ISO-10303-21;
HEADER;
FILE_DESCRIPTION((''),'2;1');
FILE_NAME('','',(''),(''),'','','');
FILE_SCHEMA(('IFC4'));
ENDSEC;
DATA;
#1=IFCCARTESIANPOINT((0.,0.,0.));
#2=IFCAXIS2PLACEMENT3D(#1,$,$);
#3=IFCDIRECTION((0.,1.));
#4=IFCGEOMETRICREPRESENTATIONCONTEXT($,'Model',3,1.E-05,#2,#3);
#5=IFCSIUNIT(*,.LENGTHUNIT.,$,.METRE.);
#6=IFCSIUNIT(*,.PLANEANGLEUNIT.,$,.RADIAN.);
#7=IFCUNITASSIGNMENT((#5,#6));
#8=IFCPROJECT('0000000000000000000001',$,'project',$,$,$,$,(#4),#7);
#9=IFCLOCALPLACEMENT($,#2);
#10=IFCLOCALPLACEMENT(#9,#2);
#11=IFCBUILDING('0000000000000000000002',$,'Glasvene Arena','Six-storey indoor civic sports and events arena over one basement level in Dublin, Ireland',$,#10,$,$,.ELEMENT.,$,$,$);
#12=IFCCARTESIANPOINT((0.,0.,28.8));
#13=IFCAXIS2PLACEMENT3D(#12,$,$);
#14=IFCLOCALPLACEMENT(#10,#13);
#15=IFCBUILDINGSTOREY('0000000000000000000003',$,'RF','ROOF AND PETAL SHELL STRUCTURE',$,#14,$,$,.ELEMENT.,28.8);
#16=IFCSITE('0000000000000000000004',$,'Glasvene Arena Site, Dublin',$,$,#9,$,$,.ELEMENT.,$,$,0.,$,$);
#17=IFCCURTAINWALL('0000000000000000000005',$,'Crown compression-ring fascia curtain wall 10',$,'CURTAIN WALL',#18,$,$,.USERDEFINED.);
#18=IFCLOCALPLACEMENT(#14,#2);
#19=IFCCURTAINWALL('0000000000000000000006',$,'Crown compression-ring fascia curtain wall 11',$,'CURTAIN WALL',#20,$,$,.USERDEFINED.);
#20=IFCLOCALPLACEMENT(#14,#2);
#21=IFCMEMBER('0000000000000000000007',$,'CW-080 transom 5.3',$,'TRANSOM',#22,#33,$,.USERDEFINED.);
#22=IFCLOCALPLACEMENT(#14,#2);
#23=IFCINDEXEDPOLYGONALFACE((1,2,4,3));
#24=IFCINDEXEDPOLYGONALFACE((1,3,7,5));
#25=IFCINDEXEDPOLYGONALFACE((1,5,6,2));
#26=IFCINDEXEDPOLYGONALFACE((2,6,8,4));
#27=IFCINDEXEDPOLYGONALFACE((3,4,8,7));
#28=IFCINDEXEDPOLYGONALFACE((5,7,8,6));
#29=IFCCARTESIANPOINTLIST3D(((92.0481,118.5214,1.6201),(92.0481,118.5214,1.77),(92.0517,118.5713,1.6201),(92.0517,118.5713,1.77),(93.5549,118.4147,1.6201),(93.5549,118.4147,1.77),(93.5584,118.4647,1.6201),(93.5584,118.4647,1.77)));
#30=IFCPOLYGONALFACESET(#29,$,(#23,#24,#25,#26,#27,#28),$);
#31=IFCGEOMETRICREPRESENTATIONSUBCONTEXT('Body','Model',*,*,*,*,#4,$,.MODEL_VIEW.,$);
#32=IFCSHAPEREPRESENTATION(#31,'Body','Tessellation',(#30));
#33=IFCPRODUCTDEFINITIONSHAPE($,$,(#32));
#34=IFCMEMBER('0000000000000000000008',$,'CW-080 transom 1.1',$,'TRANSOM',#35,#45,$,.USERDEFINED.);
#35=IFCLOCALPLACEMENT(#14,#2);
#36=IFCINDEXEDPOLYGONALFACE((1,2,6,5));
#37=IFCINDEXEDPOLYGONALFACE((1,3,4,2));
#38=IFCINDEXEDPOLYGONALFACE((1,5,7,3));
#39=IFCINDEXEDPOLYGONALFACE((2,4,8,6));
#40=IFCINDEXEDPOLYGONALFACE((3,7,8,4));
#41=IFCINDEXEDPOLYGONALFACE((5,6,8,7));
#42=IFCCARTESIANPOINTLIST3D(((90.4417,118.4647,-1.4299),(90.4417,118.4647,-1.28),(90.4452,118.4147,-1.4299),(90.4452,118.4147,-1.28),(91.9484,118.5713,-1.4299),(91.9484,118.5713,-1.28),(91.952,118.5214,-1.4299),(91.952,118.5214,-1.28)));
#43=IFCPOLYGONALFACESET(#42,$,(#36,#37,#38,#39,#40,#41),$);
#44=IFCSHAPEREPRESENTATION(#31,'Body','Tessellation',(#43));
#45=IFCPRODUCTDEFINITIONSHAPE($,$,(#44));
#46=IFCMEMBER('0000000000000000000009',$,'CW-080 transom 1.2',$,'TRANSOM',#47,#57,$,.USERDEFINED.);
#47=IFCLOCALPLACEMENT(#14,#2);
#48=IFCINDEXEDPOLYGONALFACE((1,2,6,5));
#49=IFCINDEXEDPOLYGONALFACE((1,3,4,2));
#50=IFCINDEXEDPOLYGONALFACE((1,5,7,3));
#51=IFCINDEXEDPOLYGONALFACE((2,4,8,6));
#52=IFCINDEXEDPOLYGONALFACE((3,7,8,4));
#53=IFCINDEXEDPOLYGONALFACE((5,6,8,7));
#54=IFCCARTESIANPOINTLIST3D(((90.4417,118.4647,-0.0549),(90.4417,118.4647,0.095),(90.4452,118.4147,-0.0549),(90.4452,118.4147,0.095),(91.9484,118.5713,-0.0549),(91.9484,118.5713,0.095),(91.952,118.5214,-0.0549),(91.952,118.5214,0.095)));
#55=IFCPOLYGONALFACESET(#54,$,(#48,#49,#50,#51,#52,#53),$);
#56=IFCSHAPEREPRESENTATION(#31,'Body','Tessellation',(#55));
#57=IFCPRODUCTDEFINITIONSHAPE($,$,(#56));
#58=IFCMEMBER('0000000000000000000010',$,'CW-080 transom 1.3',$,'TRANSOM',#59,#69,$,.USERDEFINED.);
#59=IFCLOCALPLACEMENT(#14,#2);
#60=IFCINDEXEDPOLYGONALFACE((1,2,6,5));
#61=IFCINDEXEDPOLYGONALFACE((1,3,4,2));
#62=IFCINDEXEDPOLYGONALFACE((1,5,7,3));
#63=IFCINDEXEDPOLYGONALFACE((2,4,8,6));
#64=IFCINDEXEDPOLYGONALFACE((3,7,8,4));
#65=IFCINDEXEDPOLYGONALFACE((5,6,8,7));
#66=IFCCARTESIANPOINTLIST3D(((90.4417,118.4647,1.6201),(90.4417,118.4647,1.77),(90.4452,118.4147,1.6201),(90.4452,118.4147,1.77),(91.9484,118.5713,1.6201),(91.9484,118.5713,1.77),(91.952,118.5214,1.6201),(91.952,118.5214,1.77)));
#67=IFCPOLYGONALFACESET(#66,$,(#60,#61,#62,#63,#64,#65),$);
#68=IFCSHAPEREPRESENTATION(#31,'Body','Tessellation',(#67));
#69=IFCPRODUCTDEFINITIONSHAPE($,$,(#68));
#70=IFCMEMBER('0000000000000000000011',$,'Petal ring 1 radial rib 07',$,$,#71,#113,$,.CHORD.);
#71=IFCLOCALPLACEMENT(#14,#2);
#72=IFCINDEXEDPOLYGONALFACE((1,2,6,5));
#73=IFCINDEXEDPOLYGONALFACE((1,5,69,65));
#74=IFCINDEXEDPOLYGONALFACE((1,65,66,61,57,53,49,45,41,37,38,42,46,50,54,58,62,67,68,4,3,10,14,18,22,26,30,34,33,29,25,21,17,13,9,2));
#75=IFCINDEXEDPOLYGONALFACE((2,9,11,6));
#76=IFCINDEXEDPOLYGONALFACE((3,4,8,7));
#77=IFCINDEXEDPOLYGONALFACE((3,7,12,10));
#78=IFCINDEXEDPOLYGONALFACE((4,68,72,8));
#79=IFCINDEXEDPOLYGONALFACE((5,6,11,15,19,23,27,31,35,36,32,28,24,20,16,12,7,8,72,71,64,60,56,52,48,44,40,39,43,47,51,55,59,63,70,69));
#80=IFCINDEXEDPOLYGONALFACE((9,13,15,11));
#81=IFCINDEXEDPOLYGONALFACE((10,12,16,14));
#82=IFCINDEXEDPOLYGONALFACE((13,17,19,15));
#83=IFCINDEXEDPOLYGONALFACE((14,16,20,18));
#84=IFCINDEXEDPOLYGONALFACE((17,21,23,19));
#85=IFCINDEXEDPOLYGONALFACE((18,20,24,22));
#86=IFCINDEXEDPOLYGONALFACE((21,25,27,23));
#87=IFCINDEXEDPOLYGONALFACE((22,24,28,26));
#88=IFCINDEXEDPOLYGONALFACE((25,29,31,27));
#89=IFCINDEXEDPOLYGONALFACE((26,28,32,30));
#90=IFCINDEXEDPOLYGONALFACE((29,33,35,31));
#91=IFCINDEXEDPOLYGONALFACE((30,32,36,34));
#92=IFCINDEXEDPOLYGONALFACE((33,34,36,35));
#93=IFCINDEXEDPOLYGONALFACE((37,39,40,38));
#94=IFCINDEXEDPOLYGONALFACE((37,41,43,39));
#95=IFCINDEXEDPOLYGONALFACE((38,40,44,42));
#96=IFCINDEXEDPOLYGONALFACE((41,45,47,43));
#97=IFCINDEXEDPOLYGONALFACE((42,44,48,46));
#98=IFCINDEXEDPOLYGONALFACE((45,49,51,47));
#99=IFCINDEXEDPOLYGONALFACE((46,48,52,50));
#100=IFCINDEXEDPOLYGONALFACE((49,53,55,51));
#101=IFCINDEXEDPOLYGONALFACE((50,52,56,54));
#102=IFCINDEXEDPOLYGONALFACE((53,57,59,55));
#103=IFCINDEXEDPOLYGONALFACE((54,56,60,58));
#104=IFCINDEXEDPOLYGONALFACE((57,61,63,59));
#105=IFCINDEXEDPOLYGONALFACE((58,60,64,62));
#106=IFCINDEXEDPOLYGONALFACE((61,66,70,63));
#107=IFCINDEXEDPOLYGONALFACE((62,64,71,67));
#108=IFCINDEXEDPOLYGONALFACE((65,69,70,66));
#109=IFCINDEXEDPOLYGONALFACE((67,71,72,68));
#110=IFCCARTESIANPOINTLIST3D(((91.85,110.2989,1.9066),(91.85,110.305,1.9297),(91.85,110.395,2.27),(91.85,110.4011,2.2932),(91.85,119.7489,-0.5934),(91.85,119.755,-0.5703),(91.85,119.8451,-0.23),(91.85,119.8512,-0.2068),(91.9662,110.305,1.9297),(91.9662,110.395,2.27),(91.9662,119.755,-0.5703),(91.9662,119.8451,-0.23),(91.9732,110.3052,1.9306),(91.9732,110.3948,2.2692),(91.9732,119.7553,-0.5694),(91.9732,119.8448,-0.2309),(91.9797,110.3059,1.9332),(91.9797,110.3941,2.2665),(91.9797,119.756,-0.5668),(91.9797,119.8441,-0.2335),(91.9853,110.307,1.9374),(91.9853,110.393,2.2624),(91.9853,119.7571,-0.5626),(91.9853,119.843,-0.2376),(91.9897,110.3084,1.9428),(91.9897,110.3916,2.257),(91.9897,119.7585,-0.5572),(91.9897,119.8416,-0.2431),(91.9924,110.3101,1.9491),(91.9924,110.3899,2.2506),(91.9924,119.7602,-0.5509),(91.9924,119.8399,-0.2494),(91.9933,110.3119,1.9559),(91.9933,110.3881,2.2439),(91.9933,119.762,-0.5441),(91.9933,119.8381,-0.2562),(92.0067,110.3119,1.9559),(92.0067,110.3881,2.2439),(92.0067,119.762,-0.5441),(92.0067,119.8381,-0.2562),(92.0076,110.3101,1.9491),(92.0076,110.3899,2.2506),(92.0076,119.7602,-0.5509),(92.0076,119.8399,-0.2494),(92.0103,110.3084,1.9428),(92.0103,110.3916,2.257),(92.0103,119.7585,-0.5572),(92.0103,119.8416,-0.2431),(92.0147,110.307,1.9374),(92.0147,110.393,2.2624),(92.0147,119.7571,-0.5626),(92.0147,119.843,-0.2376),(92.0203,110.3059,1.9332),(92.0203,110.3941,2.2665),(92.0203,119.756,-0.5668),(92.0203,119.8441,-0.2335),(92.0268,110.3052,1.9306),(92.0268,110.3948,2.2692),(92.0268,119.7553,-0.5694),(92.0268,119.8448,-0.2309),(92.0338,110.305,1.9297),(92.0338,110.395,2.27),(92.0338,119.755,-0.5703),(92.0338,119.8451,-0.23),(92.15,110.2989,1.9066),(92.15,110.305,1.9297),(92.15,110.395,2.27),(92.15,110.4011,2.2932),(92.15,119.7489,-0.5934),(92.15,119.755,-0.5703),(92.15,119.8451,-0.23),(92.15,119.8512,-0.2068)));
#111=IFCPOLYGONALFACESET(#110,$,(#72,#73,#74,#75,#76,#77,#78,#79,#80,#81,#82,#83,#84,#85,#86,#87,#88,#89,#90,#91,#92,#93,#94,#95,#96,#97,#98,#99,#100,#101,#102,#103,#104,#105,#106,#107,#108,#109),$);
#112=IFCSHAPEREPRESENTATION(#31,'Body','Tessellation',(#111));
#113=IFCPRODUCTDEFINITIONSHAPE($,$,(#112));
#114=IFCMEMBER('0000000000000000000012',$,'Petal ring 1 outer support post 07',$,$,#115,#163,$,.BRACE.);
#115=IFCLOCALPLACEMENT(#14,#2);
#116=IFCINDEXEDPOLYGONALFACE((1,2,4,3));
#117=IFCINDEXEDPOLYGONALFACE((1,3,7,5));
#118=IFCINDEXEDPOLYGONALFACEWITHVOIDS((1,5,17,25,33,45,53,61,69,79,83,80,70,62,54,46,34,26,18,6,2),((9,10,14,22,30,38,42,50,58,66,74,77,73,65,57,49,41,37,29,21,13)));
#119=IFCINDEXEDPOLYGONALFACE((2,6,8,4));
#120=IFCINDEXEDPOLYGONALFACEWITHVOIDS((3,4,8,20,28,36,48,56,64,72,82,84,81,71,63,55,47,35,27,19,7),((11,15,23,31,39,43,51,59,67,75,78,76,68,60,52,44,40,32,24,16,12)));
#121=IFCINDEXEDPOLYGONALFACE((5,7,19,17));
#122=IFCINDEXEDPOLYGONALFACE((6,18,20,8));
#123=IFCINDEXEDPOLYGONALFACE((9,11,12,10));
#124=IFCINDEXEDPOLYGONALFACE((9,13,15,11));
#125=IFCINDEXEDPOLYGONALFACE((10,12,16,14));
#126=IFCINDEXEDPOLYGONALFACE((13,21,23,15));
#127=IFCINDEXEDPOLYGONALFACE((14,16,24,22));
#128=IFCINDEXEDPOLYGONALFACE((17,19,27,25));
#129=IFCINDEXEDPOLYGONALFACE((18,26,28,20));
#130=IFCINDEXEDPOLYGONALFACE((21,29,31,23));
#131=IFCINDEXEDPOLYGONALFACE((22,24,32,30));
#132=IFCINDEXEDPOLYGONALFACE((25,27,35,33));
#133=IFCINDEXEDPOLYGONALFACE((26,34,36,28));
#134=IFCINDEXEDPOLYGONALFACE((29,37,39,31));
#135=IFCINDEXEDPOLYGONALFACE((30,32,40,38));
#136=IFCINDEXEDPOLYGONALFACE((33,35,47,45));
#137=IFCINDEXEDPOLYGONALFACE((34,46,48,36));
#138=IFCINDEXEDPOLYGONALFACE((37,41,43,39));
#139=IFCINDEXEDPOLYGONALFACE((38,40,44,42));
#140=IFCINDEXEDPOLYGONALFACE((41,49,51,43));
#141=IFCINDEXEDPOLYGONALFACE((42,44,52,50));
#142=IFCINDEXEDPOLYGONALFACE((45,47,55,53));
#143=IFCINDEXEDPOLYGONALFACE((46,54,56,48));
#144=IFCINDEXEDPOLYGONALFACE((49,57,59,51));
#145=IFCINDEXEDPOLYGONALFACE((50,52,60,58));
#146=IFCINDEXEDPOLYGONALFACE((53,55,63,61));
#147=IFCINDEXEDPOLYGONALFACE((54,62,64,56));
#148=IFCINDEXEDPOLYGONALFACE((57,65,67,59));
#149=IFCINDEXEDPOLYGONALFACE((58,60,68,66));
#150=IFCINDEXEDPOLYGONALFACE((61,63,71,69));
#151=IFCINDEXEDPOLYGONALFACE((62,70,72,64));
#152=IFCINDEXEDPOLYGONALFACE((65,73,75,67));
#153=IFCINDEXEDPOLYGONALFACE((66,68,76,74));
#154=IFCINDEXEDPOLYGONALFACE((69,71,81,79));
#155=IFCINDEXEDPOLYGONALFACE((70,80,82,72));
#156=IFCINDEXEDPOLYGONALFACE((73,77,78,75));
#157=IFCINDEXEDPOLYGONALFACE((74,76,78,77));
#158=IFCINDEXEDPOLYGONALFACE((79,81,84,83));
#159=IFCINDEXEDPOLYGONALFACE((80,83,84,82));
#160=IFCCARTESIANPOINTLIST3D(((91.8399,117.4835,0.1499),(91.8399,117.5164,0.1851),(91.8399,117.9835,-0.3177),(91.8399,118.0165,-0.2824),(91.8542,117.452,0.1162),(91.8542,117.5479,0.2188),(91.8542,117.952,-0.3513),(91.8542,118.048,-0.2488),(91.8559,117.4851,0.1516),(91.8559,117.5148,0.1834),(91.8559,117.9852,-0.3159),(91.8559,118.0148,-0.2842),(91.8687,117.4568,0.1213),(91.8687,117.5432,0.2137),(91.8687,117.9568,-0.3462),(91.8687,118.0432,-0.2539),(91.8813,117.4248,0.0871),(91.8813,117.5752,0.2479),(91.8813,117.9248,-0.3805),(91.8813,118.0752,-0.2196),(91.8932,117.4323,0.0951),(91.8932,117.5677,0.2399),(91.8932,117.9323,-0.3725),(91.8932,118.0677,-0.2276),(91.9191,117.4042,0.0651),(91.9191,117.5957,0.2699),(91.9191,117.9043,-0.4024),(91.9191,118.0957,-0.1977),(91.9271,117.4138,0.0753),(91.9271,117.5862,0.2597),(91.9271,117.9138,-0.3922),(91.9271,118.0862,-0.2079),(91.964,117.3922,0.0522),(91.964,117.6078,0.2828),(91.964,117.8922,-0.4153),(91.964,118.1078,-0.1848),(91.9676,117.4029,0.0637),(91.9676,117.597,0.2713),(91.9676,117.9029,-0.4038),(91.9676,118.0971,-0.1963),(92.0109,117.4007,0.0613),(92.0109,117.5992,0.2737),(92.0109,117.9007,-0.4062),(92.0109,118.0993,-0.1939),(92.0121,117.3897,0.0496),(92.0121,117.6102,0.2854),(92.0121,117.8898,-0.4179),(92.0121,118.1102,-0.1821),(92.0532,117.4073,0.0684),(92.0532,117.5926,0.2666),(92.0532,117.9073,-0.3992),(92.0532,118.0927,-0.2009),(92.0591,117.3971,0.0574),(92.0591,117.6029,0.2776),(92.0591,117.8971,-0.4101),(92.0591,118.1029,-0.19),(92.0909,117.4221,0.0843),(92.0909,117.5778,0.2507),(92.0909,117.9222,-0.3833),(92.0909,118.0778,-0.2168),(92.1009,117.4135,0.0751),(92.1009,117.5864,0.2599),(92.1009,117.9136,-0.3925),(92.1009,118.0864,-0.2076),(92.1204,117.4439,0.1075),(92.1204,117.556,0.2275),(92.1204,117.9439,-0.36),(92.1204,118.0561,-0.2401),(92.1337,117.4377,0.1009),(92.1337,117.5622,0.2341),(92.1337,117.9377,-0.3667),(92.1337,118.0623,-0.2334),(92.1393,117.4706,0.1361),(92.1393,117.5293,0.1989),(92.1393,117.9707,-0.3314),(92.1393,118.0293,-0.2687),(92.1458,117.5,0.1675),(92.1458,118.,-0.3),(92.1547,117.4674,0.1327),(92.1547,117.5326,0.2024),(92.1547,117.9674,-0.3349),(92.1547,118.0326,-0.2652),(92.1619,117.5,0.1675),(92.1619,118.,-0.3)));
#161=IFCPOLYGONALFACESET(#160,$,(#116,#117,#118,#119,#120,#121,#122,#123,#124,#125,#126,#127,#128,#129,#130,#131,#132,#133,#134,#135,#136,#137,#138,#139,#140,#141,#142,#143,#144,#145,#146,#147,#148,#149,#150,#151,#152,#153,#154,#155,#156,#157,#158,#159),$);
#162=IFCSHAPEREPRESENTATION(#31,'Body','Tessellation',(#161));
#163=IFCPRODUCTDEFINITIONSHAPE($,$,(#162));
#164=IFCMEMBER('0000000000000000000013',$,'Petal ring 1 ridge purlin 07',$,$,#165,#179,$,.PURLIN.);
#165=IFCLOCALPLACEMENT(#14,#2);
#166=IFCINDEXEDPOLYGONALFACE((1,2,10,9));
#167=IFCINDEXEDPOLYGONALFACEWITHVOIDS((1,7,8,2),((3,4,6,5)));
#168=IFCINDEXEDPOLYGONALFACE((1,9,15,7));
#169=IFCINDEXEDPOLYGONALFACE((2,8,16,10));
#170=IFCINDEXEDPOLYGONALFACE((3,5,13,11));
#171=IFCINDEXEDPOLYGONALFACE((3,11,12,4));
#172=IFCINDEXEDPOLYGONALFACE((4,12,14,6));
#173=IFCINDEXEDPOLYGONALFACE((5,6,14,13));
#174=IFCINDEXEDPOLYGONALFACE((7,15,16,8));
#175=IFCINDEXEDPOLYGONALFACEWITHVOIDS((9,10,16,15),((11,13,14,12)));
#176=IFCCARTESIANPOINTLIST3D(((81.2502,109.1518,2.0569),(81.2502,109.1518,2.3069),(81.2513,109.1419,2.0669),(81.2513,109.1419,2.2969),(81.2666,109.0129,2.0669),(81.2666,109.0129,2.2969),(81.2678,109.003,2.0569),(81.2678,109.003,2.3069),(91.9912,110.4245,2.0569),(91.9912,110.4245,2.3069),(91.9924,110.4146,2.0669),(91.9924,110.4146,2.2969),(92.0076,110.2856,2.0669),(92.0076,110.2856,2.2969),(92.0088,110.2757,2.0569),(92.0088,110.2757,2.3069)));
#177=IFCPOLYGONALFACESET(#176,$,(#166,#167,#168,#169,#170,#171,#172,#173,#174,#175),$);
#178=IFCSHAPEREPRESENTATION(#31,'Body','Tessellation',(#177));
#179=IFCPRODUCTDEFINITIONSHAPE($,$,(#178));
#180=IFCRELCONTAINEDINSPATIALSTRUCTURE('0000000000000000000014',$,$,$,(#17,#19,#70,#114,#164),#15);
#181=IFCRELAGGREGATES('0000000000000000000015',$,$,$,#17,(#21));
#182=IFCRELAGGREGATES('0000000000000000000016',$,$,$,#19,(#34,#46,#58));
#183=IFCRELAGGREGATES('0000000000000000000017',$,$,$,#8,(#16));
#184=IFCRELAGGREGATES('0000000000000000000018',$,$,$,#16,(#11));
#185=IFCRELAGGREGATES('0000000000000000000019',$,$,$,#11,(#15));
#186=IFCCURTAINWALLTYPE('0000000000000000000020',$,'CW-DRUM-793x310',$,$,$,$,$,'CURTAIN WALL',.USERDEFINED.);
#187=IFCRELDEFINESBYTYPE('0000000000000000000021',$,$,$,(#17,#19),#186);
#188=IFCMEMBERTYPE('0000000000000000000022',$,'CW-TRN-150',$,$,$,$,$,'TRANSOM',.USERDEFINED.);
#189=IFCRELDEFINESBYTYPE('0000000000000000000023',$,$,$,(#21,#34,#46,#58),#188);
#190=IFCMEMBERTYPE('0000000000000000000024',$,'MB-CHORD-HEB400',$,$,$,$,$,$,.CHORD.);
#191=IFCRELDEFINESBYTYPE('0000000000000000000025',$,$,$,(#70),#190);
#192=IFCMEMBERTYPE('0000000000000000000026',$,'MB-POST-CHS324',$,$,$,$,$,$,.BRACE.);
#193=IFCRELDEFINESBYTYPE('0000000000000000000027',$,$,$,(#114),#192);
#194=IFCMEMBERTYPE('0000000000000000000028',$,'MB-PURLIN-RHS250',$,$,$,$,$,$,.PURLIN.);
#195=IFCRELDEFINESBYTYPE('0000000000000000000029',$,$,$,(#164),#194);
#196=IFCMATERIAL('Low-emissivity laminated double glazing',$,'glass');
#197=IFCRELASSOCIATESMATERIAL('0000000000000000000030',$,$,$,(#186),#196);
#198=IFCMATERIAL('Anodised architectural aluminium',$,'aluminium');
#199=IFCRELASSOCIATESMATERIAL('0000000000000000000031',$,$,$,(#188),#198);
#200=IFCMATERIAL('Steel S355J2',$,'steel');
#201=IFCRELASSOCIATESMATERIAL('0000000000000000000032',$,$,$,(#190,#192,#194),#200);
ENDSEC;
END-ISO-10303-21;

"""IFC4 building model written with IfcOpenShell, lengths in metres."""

from ifc_helpers import new_model, si_unit, direction, frame, origin, origin_2d, place, context, subcontext, project, spatial, rectangle, hollow_rectangle, hollow_circle, i_section, extrude, material, material_profile, profile_set, type_object, element, aggregate, save


model = new_model("IFC4")

# Units and contexts
model_context = context("Model", 3, precision=1e-05, world=origin(), true_north=direction((0.0, 1.0)))
body_context = subcontext(model_context, "Body", "Model", "MODEL_VIEW")
ifc_project = project(units=[si_unit("LENGTHUNIT", "METRE"), si_unit("PLANEANGLEUNIT", "RADIAN")], contexts=[model_context])

# Site, building, storey
site_placement = place(None, origin())
site = spatial("IfcSite", under=ifc_project, at=site_placement, Name="Glasvene Arena Site, Dublin", CompositionType="ELEMENT", RefElevation=0.0)
building_placement = place(site_placement, origin())
building = spatial("IfcBuilding", under=site, at=building_placement, Name="Glasvene Arena", Description="Six-storey indoor civic sports and events arena over one basement level in Dublin, Ireland", CompositionType="ELEMENT")
storey_placement = place(building_placement, frame((0.0, 0.0, 28.8)))
storey = spatial("IfcBuildingStorey", under=building, at=storey_placement, Name="RF", Description="ROOF AND PETAL SHELL STRUCTURE", CompositionType="ELEMENT", Elevation=28.8)

# Shared definitions
ifc_material_1 = material(Name="Steel S355J2", Category="steel")

# Shared definitions
ifc_material_2 = material(Name="Low-emissivity laminated double glazing", Category="glass")
ifc_material_3 = material(Name="Anodised architectural aluminium", Category="aluminium")

# Curtain wall
curtain_wall_type_1 = type_object("IfcCurtainWallType", Name="CW-DRUM-793x310", ElementType="CURTAIN WALL", PredefinedType="USERDEFINED", material=ifc_material_2)
curtain_wall_1_placement = place(storey_placement, frame((99.9077, 117.9893, 0.0)))
curtain_wall_1 = element("IfcCurtainWall", 1, at=curtain_wall_1_placement, inside=storey, type_object=curtain_wall_type_1, Name="Crown compression-ring fascia curtain wall 10", ObjectType="CURTAIN WALL", PredefinedType="USERDEFINED")

# Curtain wall
curtain_wall_2_placement = place(storey_placement, frame((92.0, 118.55, 0.0)))
curtain_wall_2 = element("IfcCurtainWall", 2, at=curtain_wall_2_placement, inside=storey, type_object=curtain_wall_type_1, Name="Crown compression-ring fascia curtain wall 11", ObjectType="CURTAIN WALL", PredefinedType="USERDEFINED")

# Members
ifc_material_profile_1 = material_profile(ifc_material_3, rectangle(XDim=0.05, YDim=0.1499, at=origin_2d()), Name="ALU TRANSOM 50x150")
ifc_profile_set_1 = profile_set([ifc_material_profile_1], Name="Anodised architectural aluminium")
member_type_1 = type_object("IfcMemberType", Name="CW-TRN-150", ElementType="TRANSOM", PredefinedType="USERDEFINED", material=ifc_profile_set_1)
member_1_placement = place(storey_placement, frame((93.5566, 118.4397, 1.6951), z_axis=(-0.997503, 0.070627, 0.0), x_axis=(-0.070627, -0.997503, 0.0)))
member_1 = element("IfcMember", 3, at=member_1_placement, type_object=member_type_1, Name="CW-080 transom 5.3", ObjectType="TRANSOM", PredefinedType="USERDEFINED", context=body_context, shape_type="SweptSolid", body=[
    extrude(rectangle(XDim=0.05, YDim=0.1499, at=origin_2d()), origin(), (0.0, 0.0, 1.0), 1.5105),
])
member_2_placement = place(storey_placement, frame((91.9502, 118.5464, -1.355), z_axis=(-0.997503, -0.070627, 0.0), x_axis=(0.070627, -0.997503, 0.0)))
member_2 = element("IfcMember", 4, at=member_2_placement, type_object=member_type_1, Name="CW-080 transom 1.1", ObjectType="TRANSOM", PredefinedType="USERDEFINED", context=body_context, shape_type="SweptSolid", body=[
    extrude(rectangle(XDim=0.05, YDim=0.1499, at=origin_2d()), origin(), (0.0, 0.0, 1.0), 1.5105),
])
member_3_placement = place(storey_placement, frame((91.9502, 118.5464, 0.02), z_axis=(-0.997503, -0.070627, 0.0), x_axis=(0.070627, -0.997503, 0.0)))
member_3 = element("IfcMember", 5, at=member_3_placement, type_object=member_type_1, Name="CW-080 transom 1.2", ObjectType="TRANSOM", PredefinedType="USERDEFINED", context=body_context, shape_type="SweptSolid", body=[
    extrude(rectangle(XDim=0.05, YDim=0.1499, at=origin_2d()), origin(), (0.0, 0.0, 1.0), 1.5105),
])
member_4_placement = place(storey_placement, frame((91.9502, 118.5464, 1.6951), z_axis=(-0.997503, -0.070627, 0.0), x_axis=(0.070627, -0.997503, 0.0)))
member_4 = element("IfcMember", 6, at=member_4_placement, type_object=member_type_1, Name="CW-080 transom 1.3", ObjectType="TRANSOM", PredefinedType="USERDEFINED", context=body_context, shape_type="SweptSolid", body=[
    extrude(rectangle(XDim=0.05, YDim=0.1499, at=origin_2d()), origin(), (0.0, 0.0, 1.0), 1.5105),
])

# Members
ifc_material_profile_2 = material_profile(ifc_material_1, i_section(OverallWidth=0.3, OverallDepth=0.3999, WebThickness=0.0134, FlangeThickness=0.0239, FilletRadius=0.0271, at=origin_2d()), Name="HEB 400")
ifc_profile_set_2 = profile_set([ifc_material_profile_2], Name="Steel S355J2")
member_type_2 = type_object("IfcMemberType", Name="MB-CHORD-HEB400", PredefinedType="CHORD", material=ifc_profile_set_2)
member_5_placement = place(storey_placement, frame((92.0, 119.8, -0.4001), z_axis=(0.0, -0.966742, 0.255753), x_axis=(1.0, 0.0, 0.0)))
element("IfcMember", 7, at=member_5_placement, inside=storey, type_object=member_type_2, Name="Petal ring 1 radial rib 07", PredefinedType="CHORD", context=body_context, shape_type="SweptSolid", body=[
    extrude(i_section(OverallWidth=0.3, OverallDepth=0.3999, WebThickness=0.0134, FlangeThickness=0.0239, FilletRadius=0.0271, at=origin_2d()), origin(), (0.0, 0.0, 1.0), 9.7751),
])
ifc_material_profile_3 = material_profile(ifc_material_1, hollow_circle(Radius=0.1619, WallThickness=0.0161, at=origin_2d()), Name="CHS 323.9x16.0")
ifc_profile_set_3 = profile_set([ifc_material_profile_3], Name="Steel S355J2")
member_type_3 = type_object("IfcMemberType", Name="MB-POST-CHS324", PredefinedType="BRACE", material=ifc_profile_set_3)
member_6_placement = place(storey_placement, frame((92.0, 118.0, -0.3), z_axis=(0.0, -0.730426, 0.682991), x_axis=(1.0, 0.0, 0.0)))
element("IfcMember", 8, at=member_6_placement, inside=storey, type_object=member_type_3, Name="Petal ring 1 outer support post 07", PredefinedType="BRACE", context=body_context, shape_type="SweptSolid", body=[
    extrude(hollow_circle(Radius=0.1619, WallThickness=0.0161, at=origin_2d()), origin(), (0.0, 0.0, 1.0), 0.6846),
])
ifc_material_profile_4 = material_profile(ifc_material_1, hollow_rectangle(XDim=0.1499, YDim=0.25, WallThickness=0.01, at=origin_2d()), Name="RHS 250x150x10.0")
ifc_profile_set_4 = profile_set([ifc_material_profile_4], Name="Steel S355J2")
member_type_4 = type_object("IfcMemberType", Name="MB-PURLIN-RHS250", PredefinedType="PURLIN", material=ifc_profile_set_4)
member_7_placement = place(storey_placement, frame((92.0, 110.3501, 2.1819), z_axis=(-0.993053, -0.117668, 0.0), x_axis=(0.117668, -0.993053, 0.0)))
element("IfcMember", 9, at=member_7_placement, inside=storey, type_object=member_type_4, Name="Petal ring 1 ridge purlin 07", PredefinedType="PURLIN", context=body_context, shape_type="SweptSolid", body=[
    extrude(hollow_rectangle(XDim=0.1499, YDim=0.25, WallThickness=0.01, at=origin_2d()), origin(), (0.0, 0.0, 1.0), 10.8162),
])

aggregate(curtain_wall_1, [member_1])
aggregate(curtain_wall_2, [member_2, member_3, member_4])

save(model, "model.ifc")
